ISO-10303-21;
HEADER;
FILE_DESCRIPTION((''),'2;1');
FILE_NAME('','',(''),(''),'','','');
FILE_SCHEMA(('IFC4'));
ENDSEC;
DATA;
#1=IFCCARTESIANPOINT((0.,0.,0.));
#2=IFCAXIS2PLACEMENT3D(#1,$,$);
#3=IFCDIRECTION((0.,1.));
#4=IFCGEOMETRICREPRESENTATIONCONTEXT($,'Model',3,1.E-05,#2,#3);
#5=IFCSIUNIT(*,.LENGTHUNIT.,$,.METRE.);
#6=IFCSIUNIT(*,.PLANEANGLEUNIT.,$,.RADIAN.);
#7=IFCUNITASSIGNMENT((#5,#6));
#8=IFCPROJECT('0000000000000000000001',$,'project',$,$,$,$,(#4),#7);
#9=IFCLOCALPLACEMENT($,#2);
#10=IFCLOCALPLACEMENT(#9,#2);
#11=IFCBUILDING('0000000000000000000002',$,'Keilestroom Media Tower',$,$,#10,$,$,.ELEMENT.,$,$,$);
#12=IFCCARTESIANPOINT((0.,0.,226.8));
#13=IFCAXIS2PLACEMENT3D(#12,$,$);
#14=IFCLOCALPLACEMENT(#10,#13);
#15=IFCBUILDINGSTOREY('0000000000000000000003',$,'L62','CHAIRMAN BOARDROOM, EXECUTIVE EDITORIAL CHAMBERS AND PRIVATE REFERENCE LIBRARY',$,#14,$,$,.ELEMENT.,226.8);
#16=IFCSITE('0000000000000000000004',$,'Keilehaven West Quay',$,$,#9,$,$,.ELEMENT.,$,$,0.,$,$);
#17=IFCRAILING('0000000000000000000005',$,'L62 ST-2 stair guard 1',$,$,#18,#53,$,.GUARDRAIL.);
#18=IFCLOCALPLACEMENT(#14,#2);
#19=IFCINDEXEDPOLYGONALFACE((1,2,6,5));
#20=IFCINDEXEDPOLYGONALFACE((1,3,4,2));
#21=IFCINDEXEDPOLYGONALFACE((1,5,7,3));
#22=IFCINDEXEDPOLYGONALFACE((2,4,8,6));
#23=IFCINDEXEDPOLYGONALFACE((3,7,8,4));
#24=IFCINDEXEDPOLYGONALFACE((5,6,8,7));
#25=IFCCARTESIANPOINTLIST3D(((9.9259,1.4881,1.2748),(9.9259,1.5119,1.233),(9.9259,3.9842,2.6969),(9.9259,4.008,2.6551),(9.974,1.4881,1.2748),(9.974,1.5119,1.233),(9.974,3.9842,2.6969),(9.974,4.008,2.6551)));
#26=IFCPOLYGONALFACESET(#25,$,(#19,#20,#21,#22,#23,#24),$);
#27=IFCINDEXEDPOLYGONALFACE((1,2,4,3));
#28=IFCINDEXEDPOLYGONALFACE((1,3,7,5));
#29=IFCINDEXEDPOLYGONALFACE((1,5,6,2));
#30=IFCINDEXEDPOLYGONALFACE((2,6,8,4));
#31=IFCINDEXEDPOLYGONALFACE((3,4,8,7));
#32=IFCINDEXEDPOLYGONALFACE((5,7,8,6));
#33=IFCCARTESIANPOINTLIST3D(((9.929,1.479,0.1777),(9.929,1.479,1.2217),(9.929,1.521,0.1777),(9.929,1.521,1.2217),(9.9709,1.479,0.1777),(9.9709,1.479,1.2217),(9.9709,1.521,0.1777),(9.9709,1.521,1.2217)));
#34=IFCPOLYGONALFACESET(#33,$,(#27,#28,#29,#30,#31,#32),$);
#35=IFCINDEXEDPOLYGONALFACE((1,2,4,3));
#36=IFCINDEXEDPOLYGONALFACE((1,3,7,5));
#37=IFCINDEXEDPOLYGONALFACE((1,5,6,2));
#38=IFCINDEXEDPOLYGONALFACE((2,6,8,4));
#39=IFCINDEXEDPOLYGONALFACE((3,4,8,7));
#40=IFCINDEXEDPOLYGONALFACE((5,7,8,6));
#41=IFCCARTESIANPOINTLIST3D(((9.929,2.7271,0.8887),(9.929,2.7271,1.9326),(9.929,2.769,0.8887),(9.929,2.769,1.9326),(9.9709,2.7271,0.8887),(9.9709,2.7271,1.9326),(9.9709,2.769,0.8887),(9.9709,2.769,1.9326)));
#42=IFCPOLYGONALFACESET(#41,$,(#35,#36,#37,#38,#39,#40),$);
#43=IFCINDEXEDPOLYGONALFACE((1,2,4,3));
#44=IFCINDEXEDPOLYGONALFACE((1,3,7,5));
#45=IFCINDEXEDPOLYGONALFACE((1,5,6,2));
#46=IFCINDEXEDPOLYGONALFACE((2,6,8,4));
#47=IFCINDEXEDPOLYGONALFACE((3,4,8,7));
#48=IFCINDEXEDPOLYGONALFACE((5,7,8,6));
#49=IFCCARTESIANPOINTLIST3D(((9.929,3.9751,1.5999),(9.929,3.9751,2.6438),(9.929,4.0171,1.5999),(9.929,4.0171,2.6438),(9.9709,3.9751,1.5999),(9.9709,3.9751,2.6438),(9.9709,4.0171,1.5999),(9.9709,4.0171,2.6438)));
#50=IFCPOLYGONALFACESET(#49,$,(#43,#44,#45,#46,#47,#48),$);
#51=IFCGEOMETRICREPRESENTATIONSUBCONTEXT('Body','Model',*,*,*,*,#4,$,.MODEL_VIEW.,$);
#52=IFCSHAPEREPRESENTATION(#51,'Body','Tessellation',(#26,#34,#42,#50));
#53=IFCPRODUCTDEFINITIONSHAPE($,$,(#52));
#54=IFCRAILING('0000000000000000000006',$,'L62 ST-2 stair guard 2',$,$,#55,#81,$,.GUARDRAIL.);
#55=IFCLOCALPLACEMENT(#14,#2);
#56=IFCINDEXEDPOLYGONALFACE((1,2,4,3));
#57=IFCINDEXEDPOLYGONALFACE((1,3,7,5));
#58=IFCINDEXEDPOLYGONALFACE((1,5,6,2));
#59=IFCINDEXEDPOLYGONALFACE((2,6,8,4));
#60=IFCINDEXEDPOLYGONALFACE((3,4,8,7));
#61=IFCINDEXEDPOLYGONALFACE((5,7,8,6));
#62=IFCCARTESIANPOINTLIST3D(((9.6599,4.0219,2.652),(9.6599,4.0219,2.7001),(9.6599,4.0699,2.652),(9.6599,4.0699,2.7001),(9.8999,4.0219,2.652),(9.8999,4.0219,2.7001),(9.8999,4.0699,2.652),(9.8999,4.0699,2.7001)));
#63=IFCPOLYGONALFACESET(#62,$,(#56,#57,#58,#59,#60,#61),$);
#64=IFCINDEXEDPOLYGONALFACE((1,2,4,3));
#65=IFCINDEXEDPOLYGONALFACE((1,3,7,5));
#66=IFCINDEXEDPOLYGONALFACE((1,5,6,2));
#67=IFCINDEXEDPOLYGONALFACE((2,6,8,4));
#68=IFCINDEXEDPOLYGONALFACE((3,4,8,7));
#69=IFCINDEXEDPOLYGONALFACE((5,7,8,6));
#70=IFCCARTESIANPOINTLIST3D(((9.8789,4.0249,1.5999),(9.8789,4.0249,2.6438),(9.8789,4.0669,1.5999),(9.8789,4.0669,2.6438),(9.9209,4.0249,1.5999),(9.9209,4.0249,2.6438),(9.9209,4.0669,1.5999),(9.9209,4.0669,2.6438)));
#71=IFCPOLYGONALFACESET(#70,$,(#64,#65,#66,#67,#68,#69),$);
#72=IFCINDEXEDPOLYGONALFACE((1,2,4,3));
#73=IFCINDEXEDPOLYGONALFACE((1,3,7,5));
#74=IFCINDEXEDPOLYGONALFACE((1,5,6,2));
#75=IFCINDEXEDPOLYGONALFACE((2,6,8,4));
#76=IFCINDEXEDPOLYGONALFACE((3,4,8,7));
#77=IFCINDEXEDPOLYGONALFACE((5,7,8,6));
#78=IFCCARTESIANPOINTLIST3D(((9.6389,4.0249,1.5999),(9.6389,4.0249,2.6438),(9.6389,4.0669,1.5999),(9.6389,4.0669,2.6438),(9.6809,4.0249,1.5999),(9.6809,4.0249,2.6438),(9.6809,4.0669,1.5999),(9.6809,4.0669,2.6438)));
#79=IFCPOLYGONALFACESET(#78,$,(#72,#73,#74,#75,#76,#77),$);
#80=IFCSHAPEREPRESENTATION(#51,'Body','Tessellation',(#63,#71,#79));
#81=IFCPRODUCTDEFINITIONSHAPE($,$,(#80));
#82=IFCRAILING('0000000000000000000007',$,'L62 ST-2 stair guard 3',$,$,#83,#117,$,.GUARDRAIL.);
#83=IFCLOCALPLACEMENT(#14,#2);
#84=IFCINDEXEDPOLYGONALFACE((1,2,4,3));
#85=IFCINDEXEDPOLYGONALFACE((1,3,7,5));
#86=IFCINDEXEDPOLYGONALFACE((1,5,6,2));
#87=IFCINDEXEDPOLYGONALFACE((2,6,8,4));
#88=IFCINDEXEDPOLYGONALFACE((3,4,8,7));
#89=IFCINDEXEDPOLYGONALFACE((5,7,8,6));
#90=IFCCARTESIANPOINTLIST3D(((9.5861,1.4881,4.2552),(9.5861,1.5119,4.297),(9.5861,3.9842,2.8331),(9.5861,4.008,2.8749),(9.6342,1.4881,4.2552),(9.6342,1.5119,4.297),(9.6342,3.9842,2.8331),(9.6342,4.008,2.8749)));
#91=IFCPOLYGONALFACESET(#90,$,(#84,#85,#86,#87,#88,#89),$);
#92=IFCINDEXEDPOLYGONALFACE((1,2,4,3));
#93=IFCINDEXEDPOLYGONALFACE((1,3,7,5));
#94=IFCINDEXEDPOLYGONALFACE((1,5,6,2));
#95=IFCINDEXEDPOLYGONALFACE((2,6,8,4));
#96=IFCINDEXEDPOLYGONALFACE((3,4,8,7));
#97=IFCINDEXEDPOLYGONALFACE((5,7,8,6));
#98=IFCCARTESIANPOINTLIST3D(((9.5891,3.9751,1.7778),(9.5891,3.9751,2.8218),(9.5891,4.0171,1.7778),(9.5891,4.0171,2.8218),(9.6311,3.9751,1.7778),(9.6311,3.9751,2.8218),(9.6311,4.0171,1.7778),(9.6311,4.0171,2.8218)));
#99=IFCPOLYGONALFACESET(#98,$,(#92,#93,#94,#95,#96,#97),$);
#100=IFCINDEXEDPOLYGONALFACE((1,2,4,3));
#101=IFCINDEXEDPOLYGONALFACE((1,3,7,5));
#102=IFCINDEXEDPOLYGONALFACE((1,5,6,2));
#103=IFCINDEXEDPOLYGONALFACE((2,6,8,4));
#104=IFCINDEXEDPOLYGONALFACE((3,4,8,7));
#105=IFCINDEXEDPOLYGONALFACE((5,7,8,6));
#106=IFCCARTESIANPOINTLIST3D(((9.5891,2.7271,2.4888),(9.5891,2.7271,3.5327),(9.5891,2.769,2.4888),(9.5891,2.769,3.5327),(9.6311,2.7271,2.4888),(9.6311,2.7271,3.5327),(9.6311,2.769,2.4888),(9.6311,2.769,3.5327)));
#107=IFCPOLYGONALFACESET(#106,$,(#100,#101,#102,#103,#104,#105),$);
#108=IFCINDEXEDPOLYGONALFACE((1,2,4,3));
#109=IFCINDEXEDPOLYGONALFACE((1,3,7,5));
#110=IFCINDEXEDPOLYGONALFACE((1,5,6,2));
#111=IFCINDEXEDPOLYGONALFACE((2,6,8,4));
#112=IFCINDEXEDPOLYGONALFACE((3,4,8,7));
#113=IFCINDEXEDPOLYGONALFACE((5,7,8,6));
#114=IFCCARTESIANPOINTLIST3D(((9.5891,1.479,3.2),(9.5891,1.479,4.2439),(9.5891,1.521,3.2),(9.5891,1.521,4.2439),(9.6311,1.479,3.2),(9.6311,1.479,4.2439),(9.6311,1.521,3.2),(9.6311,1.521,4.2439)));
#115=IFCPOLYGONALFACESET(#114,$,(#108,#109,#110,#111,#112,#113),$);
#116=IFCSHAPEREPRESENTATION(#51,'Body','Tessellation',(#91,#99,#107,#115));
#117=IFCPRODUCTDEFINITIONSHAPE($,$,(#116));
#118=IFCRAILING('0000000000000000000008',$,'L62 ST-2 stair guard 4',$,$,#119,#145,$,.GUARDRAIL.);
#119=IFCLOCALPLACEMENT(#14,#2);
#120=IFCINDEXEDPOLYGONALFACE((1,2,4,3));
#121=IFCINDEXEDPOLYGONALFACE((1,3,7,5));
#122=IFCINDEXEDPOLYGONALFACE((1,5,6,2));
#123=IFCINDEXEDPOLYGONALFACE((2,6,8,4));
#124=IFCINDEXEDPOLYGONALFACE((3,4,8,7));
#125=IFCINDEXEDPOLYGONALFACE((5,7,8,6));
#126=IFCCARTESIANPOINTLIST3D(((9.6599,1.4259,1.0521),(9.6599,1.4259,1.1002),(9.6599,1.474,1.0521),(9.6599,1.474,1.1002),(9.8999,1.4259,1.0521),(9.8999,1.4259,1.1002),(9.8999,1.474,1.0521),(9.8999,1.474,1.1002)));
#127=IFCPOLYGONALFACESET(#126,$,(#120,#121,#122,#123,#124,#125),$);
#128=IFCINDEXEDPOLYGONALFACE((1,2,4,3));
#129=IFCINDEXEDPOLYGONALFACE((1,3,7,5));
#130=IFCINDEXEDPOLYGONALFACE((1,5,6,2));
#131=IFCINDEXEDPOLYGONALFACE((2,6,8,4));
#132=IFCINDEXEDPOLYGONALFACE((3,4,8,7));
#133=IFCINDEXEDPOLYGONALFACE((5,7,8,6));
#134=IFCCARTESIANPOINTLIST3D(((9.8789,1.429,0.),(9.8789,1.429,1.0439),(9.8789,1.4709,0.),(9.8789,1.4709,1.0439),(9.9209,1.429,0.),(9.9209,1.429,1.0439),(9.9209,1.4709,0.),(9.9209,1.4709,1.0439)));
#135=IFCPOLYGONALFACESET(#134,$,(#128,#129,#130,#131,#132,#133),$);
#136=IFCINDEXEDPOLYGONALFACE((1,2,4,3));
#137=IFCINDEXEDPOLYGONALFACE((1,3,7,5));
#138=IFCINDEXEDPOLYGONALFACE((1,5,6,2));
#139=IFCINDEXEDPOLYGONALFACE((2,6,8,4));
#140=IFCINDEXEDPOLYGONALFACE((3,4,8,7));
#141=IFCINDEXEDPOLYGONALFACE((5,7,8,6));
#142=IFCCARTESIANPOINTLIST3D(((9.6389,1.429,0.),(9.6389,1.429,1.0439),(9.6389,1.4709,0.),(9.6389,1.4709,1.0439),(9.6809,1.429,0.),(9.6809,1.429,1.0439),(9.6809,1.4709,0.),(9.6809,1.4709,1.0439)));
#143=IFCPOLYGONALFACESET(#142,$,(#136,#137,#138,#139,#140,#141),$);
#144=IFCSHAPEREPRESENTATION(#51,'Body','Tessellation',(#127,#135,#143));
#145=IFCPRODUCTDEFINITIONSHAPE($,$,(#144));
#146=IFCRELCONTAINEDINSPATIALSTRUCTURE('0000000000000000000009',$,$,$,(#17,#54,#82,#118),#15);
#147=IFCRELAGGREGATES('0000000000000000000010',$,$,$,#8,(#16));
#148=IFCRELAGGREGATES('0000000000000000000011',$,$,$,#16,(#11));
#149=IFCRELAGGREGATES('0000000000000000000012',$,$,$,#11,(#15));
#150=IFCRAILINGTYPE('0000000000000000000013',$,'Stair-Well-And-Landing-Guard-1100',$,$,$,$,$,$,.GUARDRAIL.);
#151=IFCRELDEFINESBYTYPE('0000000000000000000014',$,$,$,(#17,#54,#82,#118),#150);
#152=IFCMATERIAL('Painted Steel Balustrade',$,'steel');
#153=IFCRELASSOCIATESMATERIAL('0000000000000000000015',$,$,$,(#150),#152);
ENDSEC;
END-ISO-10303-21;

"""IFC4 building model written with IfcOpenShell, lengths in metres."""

from ifc_helpers import new_model, si_unit, direction, frame, origin, origin_2d, place, context, subcontext, project, spatial, rectangle, extrude, material, type_object, element, save


model = new_model("IFC4")

# Units and contexts
model_context = context("Model", 3, precision=1e-05, world=origin(), true_north=direction((0.0, 1.0)))
body_context = subcontext(model_context, "Body", "Model", "MODEL_VIEW")
ifc_project = project(units=[si_unit("LENGTHUNIT", "METRE"), si_unit("PLANEANGLEUNIT", "RADIAN")], contexts=[model_context])

# Site, building, storey
site_placement = place(None, origin())
site = spatial("IfcSite", under=ifc_project, at=site_placement, Name="Keilehaven West Quay", CompositionType="ELEMENT", RefElevation=0.0)
building_placement = place(site_placement, origin())
building = spatial("IfcBuilding", under=site, at=building_placement, Name="Keilestroom Media Tower", CompositionType="ELEMENT")
storey_placement = place(building_placement, frame((0.0, 0.0, 226.8)))
storey = spatial("IfcBuildingStorey", under=building, at=storey_placement, Name="L62", Description="CHAIRMAN BOARDROOM, EXECUTIVE EDITORIAL CHAMBERS AND PRIVATE REFERENCE LIBRARY", CompositionType="ELEMENT", Elevation=226.8)

# Railings
ifc_material_1 = material(Name="Painted Steel Balustrade", Category="steel")
railing_type_1 = type_object("IfcRailingType", Name="Stair-Well-And-Landing-Guard-1100", PredefinedType="GUARDRAIL", material=ifc_material_1)
railing_1_placement = place(storey_placement, frame((9.95, 1.5, 0.1777)))
element("IfcRailing", 1, at=railing_1_placement, inside=storey, type_object=railing_type_1, Name="L62 ST-2 stair guard 1", PredefinedType="GUARDRAIL", context=body_context, shape_type="SweptSolid", body=[
    extrude(rectangle(XDim=0.0481, YDim=0.0481, at=origin_2d()), frame((0.0, 0.0, 1.0762), z_axis=(0.0, 0.868875, 0.495031), x_axis=(-1.0, 0.0, 0.0)), (0.0, 0.0, 1.0), 2.8728),
    extrude(rectangle(XDim=0.042, YDim=0.042, at=origin_2d()), origin(), (0.0, 0.0, 1.0), 1.0439),
    extrude(rectangle(XDim=0.042, YDim=0.042, at=origin_2d()), frame((0.0, 1.248, 0.7109)), (0.0, 0.0, 1.0), 1.0439),
    extrude(rectangle(XDim=0.042, YDim=0.042, at=origin_2d()), frame((0.0, 2.4961, 1.4221)), (0.0, 0.0, 1.0), 1.0439),
])
railing_2_placement = place(storey_placement, frame((9.8999, 4.0459, 1.5999)))
element("IfcRailing", 2, at=railing_2_placement, inside=storey, type_object=railing_type_1, Name="L62 ST-2 stair guard 2", PredefinedType="GUARDRAIL", context=body_context, shape_type="SweptSolid", body=[
    extrude(rectangle(XDim=0.0481, YDim=0.0481, at=origin_2d()), frame((0.0, 0.0, 1.0762), z_axis=(-1.0, 0.0, 0.0), x_axis=(0.0, -1.0, 0.0)), (0.0, 0.0, 1.0), 0.24),
    extrude(rectangle(XDim=0.042, YDim=0.042, at=origin_2d()), origin(), (0.0, 0.0, 1.0), 1.0439),
    extrude(rectangle(XDim=0.042, YDim=0.042, at=origin_2d()), frame((-0.24, 0.0, 0.0)), (0.0, 0.0, 1.0), 1.0439),
])
railing_3_placement = place(storey_placement, frame((9.6101, 3.9961, 1.7778)))
element("IfcRailing", 3, at=railing_3_placement, inside=storey, type_object=railing_type_1, Name="L62 ST-2 stair guard 3", PredefinedType="GUARDRAIL", context=body_context, shape_type="SweptSolid", body=[
    extrude(rectangle(XDim=0.0481, YDim=0.0481, at=origin_2d()), frame((0.0, 0.0, 1.0762), z_axis=(0.0, -0.868875, 0.495031), x_axis=(1.0, 0.0, 0.0)), (0.0, 0.0, 1.0), 2.8728),
    extrude(rectangle(XDim=0.042, YDim=0.042, at=origin_2d()), origin(), (0.0, 0.0, 1.0), 1.0439),
    extrude(rectangle(XDim=0.042, YDim=0.042, at=origin_2d()), frame((0.0, -1.248, 0.7109)), (0.0, 0.0, 1.0), 1.0439),
    extrude(rectangle(XDim=0.042, YDim=0.042, at=origin_2d()), frame((0.0, -2.4961, 1.4221)), (0.0, 0.0, 1.0), 1.0439),
])
railing_4_placement = place(storey_placement, frame((9.8999, 1.45, 0.0)))
element("IfcRailing", 4, at=railing_4_placement, inside=storey, type_object=railing_type_1, Name="L62 ST-2 stair guard 4", PredefinedType="GUARDRAIL", context=body_context, shape_type="SweptSolid", body=[
    extrude(rectangle(XDim=0.0481, YDim=0.0481, at=origin_2d()), frame((0.0, 0.0, 1.0762), z_axis=(-1.0, 0.0, 0.0), x_axis=(0.0, -1.0, 0.0)), (0.0, 0.0, 1.0), 0.24),
    extrude(rectangle(XDim=0.042, YDim=0.042, at=origin_2d()), origin(), (0.0, 0.0, 1.0), 1.0439),
    extrude(rectangle(XDim=0.042, YDim=0.042, at=origin_2d()), frame((-0.24, 0.0, 0.0)), (0.0, 0.0, 1.0), 1.0439),
])

save(model, "model.ifc")
